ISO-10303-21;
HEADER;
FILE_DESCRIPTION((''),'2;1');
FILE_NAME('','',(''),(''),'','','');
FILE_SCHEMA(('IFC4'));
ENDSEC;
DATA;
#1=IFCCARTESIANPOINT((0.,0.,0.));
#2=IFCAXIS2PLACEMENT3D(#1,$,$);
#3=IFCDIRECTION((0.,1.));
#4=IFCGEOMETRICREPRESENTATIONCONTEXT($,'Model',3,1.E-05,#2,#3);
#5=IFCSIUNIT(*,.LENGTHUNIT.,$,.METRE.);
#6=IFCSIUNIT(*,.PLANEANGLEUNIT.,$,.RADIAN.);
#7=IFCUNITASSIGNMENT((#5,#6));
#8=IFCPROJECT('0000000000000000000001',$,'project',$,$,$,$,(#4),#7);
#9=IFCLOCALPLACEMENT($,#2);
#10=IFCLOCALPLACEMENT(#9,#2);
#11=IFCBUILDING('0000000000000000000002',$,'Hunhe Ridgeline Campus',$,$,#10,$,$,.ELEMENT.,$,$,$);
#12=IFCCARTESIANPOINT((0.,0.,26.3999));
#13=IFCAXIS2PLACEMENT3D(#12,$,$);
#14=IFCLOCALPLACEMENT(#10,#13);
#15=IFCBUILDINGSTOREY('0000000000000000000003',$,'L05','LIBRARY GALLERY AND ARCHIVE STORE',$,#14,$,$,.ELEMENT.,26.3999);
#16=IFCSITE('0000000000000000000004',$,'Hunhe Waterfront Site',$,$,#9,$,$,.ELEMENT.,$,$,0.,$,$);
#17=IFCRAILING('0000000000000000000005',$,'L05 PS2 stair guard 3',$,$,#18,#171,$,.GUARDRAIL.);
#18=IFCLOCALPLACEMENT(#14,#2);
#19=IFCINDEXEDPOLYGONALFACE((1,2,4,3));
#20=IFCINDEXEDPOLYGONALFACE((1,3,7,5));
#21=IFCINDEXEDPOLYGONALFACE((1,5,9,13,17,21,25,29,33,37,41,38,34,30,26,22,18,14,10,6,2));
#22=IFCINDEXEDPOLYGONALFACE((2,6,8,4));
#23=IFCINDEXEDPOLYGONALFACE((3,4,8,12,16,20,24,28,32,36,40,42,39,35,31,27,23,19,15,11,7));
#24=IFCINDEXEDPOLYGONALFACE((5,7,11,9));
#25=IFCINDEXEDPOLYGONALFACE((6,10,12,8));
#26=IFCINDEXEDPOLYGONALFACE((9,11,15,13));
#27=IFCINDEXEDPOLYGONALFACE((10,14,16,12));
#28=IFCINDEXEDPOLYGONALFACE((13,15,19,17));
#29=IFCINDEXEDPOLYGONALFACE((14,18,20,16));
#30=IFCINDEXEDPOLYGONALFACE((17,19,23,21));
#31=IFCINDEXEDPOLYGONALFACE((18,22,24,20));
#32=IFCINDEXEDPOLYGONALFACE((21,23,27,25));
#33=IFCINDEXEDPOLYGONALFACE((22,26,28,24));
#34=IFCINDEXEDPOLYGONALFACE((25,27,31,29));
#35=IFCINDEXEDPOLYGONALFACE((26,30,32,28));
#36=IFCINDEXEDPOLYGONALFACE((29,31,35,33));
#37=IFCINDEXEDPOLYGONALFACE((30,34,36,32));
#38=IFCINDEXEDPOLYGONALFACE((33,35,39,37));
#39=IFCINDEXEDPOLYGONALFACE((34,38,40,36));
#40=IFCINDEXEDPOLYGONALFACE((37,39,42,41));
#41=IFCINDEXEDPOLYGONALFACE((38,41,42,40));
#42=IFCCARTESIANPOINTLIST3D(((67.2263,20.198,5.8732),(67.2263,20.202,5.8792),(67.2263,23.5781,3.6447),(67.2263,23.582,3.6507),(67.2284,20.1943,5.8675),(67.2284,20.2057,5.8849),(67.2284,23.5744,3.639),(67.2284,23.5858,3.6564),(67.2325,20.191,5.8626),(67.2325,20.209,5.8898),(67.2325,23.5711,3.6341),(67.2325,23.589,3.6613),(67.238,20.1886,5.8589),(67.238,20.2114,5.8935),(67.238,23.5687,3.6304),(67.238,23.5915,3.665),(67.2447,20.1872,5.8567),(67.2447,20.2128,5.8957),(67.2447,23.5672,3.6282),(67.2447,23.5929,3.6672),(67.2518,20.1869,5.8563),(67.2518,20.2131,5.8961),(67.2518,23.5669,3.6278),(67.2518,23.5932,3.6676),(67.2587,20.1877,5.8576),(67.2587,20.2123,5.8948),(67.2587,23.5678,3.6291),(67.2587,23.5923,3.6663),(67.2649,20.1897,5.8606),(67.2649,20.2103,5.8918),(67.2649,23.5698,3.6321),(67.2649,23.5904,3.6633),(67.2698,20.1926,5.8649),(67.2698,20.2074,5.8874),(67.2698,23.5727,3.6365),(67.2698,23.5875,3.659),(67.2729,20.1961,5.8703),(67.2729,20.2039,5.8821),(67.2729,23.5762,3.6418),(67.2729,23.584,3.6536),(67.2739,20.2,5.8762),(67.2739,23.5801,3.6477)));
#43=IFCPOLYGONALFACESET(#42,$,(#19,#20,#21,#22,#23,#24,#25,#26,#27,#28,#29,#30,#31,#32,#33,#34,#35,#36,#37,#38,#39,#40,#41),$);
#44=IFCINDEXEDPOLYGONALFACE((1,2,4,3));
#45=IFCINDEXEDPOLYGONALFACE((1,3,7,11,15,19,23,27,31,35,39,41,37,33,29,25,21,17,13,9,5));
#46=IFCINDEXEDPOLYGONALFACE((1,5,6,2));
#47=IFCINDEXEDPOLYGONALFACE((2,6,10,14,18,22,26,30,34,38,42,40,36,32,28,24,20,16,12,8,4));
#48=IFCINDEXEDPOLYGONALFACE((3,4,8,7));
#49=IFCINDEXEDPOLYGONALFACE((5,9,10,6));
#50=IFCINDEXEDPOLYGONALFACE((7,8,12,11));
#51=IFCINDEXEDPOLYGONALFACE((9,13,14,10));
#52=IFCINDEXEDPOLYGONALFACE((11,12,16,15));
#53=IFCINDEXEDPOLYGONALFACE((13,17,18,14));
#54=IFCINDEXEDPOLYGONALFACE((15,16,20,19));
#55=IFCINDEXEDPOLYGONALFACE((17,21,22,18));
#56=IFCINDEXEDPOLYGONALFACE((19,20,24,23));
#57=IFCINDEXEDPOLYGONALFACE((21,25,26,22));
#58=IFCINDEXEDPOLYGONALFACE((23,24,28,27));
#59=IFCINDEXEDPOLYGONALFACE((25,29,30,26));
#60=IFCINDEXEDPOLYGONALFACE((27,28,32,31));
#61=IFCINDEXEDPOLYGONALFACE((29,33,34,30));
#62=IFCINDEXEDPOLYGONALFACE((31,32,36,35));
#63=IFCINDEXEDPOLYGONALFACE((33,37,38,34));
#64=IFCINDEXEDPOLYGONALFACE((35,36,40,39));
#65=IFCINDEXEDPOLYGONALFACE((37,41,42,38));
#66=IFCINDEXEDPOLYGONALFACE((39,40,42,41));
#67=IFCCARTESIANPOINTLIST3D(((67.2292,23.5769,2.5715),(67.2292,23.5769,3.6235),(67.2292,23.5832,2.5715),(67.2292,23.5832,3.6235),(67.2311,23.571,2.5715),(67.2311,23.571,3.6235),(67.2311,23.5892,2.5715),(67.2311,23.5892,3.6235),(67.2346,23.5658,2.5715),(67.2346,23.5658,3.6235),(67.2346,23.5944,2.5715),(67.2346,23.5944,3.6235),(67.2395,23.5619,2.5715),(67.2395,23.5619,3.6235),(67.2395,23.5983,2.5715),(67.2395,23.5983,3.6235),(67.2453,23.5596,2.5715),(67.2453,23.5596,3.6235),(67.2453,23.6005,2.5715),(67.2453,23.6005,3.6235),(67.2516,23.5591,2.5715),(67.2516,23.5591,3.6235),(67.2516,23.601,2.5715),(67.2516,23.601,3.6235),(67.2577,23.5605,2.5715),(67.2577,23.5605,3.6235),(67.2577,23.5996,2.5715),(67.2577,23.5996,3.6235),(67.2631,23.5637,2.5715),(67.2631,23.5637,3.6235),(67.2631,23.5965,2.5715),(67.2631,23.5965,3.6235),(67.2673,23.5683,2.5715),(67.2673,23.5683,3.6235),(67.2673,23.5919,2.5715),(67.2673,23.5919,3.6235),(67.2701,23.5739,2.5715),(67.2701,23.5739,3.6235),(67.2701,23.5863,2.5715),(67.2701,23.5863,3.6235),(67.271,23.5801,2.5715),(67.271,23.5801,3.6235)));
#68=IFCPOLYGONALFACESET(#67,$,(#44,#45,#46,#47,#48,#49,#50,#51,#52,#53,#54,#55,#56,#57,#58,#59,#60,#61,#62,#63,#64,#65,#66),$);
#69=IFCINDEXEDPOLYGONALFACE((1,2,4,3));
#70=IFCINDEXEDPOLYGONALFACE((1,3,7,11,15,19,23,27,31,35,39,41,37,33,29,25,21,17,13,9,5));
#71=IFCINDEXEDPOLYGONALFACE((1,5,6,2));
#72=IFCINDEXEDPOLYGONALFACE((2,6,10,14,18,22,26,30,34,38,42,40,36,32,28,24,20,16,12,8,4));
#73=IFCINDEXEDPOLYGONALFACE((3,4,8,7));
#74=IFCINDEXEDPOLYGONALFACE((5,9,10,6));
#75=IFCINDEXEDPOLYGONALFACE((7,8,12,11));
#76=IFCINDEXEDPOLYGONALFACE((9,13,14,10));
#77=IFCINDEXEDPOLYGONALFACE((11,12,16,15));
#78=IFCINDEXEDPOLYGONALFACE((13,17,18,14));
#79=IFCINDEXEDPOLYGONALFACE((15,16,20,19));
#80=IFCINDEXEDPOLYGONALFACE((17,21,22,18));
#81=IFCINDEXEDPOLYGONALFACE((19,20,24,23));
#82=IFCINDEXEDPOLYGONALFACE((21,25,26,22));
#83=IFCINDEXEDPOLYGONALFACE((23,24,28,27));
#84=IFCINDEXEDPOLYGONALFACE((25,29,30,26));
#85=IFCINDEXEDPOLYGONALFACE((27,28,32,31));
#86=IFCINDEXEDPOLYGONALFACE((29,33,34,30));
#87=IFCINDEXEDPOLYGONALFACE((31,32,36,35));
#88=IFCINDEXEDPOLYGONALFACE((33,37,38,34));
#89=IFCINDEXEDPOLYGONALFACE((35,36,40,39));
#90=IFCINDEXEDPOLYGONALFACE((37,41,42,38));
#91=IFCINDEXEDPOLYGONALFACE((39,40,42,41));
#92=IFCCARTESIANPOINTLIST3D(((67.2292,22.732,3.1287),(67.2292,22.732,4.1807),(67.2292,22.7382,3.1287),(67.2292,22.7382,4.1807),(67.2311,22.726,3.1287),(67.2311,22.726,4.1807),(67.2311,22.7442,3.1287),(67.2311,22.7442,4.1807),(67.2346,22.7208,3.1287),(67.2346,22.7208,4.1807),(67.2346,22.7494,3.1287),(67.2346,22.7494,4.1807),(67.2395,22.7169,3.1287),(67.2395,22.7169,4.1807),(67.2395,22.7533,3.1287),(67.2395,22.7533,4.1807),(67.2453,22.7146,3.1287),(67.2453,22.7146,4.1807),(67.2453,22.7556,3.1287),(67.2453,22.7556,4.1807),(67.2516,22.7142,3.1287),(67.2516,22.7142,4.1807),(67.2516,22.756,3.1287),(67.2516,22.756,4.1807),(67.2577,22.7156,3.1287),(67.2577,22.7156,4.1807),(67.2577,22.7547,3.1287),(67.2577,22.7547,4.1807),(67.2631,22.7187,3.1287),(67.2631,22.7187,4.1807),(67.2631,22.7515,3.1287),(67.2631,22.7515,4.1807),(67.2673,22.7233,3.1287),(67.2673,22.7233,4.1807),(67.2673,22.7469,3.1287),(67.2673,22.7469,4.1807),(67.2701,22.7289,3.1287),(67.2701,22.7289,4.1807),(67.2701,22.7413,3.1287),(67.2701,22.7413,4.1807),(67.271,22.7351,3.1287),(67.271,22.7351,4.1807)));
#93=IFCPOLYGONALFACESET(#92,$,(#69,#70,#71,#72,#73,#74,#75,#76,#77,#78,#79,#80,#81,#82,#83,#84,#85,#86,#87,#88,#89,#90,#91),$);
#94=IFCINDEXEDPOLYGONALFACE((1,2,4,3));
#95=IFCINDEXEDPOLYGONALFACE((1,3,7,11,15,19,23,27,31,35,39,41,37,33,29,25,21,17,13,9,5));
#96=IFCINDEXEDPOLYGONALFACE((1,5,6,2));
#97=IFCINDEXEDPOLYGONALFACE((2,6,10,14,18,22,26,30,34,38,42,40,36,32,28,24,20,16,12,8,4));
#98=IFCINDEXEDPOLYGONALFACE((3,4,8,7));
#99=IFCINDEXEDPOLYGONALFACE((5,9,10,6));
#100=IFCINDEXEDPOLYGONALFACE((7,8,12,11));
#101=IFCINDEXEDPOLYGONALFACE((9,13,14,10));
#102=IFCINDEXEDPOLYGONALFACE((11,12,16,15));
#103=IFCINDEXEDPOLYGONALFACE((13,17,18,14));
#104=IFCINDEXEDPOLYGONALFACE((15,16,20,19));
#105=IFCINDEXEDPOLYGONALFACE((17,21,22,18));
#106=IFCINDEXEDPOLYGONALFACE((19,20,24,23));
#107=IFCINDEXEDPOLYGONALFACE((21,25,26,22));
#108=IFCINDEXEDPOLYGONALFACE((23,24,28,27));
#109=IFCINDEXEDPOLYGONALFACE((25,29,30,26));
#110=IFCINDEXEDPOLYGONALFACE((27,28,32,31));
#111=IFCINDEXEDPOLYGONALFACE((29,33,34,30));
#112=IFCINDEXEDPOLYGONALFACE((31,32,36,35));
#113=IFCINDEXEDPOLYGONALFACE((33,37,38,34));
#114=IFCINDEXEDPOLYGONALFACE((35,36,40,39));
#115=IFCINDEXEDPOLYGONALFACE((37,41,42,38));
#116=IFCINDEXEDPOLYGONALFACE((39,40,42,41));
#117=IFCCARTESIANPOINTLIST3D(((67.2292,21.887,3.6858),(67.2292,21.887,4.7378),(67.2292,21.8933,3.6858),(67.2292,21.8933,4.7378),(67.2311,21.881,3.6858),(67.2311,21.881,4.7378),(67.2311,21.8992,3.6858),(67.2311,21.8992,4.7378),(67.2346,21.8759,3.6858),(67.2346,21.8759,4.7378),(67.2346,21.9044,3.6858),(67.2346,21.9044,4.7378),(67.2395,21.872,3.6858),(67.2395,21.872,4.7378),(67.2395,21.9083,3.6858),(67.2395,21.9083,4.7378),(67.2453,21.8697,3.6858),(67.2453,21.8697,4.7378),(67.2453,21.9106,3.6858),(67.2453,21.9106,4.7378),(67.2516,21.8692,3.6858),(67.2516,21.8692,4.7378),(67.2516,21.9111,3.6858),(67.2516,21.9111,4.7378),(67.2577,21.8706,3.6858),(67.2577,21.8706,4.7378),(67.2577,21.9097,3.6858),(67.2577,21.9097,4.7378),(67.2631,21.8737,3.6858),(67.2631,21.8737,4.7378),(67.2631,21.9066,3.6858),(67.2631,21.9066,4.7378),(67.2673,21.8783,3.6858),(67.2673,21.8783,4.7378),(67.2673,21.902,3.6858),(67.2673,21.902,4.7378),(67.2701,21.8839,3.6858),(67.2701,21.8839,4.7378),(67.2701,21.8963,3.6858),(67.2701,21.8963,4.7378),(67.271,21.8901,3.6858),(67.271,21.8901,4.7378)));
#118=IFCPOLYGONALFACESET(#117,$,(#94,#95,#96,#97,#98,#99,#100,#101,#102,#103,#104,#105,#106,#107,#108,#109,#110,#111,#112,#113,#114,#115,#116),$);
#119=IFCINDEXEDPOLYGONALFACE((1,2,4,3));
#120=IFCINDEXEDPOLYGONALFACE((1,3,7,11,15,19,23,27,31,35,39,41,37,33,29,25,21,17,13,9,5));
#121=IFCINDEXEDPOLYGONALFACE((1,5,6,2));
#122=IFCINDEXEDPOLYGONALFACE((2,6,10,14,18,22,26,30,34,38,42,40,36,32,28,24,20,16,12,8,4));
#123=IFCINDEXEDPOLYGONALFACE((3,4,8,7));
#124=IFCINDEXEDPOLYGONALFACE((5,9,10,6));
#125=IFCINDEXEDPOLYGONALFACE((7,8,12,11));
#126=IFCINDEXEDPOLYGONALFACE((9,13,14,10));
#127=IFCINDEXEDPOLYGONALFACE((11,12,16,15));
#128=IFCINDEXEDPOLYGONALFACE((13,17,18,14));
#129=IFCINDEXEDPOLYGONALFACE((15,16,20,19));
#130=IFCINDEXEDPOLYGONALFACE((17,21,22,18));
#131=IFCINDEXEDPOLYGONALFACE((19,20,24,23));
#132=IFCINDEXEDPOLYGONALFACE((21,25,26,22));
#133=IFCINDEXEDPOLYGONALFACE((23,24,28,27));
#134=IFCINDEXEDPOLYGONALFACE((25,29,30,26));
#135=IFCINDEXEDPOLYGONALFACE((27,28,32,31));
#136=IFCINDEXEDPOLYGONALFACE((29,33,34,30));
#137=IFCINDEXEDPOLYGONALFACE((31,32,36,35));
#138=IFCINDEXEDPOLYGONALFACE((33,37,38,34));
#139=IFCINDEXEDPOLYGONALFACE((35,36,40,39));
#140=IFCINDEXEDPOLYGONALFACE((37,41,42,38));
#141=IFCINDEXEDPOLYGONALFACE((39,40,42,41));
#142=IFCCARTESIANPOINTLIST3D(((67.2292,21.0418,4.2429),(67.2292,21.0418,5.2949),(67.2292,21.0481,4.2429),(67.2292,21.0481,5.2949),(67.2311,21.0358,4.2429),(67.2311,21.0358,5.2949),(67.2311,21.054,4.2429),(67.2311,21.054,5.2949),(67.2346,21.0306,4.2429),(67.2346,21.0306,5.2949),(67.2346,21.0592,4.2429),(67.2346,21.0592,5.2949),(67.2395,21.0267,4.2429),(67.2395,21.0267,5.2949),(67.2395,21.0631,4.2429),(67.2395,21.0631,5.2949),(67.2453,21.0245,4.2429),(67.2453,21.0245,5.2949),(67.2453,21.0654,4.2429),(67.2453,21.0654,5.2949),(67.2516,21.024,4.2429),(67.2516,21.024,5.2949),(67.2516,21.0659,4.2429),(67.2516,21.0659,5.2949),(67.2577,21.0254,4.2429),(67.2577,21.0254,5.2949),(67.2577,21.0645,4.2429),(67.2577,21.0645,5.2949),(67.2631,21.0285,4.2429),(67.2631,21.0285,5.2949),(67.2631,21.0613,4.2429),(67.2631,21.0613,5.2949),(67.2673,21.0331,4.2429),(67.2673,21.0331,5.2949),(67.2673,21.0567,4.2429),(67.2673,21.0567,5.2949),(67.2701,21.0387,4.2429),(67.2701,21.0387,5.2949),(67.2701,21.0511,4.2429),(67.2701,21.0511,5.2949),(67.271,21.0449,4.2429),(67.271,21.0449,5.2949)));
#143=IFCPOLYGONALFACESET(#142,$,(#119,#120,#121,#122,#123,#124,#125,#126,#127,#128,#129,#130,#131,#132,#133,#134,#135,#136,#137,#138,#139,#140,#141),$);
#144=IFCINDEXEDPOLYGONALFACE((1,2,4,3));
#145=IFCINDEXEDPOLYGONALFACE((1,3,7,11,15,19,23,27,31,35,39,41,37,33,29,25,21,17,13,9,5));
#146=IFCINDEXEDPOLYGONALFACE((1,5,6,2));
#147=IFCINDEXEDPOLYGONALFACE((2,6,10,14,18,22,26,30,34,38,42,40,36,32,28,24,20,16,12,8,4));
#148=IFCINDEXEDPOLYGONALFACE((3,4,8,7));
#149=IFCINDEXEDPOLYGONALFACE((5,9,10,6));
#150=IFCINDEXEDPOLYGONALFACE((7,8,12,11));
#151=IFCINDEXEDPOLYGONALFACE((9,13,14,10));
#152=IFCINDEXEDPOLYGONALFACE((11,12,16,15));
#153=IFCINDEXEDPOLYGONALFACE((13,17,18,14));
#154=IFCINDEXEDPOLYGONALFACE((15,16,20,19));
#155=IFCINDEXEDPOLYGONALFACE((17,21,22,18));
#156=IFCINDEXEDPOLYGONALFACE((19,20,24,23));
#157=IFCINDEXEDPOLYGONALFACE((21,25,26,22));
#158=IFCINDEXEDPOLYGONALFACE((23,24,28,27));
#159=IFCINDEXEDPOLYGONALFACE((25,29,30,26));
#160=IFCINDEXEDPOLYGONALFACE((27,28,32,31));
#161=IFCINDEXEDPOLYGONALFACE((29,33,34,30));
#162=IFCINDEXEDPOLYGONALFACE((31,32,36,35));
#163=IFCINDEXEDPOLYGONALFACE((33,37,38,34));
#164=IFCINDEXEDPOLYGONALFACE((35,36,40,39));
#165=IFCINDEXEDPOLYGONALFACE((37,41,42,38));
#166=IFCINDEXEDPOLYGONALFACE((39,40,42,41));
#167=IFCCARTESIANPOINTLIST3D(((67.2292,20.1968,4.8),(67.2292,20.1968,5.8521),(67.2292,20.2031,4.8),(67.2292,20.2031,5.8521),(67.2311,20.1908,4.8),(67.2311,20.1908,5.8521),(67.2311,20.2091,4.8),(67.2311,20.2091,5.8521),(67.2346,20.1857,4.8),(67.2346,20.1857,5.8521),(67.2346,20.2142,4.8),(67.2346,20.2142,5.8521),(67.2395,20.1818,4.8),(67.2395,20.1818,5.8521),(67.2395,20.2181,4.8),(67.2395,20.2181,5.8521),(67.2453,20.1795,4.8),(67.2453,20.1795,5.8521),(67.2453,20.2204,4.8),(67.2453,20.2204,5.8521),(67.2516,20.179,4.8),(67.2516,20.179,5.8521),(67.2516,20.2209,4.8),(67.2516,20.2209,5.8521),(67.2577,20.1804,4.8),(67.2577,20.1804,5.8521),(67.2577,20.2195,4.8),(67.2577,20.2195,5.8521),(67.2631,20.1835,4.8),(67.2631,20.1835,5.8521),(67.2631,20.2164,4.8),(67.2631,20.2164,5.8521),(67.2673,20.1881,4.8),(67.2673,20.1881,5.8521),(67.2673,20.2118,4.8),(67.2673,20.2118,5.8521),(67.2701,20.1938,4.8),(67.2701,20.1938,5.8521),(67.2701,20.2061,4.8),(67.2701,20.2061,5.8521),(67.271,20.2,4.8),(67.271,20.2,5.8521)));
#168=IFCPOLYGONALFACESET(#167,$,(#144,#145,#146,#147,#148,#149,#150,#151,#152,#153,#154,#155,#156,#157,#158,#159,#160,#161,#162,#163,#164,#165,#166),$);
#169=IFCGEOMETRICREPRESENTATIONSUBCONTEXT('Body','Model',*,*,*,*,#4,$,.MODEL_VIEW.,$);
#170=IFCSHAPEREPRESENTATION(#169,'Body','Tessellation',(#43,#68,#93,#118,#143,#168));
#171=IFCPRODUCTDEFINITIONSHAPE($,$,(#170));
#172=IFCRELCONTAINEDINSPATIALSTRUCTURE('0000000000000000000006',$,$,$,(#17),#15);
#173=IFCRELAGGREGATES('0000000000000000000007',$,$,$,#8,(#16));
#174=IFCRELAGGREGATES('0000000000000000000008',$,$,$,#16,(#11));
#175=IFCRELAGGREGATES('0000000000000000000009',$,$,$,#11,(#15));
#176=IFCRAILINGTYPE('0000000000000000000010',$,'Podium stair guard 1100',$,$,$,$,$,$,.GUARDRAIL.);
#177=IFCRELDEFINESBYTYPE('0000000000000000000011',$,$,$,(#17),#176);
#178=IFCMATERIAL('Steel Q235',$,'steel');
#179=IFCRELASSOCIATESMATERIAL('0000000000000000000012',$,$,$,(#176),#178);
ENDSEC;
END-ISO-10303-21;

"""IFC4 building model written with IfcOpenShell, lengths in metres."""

from ifc_helpers import new_model, si_unit, direction, frame, origin, origin_2d, place, context, subcontext, project, spatial, circle, extrude, material, type_object, element, save


model = new_model("IFC4")

# Units and contexts
model_context = context("Model", 3, precision=1e-05, world=origin(), true_north=direction((0.0, 1.0)))
body_context = subcontext(model_context, "Body", "Model", "MODEL_VIEW")
ifc_project = project(units=[si_unit("LENGTHUNIT", "METRE"), si_unit("PLANEANGLEUNIT", "RADIAN")], contexts=[model_context])

# Site, building, storey
site_placement = place(None, origin())
site = spatial("IfcSite", under=ifc_project, at=site_placement, Name="Hunhe Waterfront Site", CompositionType="ELEMENT", RefElevation=0.0)
building_placement = place(site_placement, origin())
building = spatial("IfcBuilding", under=site, at=building_placement, Name="Hunhe Ridgeline Campus", CompositionType="ELEMENT")
storey_placement = place(building_placement, frame((0.0, 0.0, 26.3999)))
storey = spatial("IfcBuildingStorey", under=building, at=storey_placement, Name="L05", Description="LIBRARY GALLERY AND ARCHIVE STORE", CompositionType="ELEMENT", Elevation=26.3999)

# Shared definitions
ifc_material_1 = material(Name="Steel Q235", Category="steel")

# Railing
railing_type_1 = type_object("IfcRailingType", Name="Podium stair guard 1100", PredefinedType="GUARDRAIL", material=ifc_material_1)
railing_1_placement = place(storey_placement, frame((67.25, 23.5801, 2.5715)))
element("IfcRailing", 1, at=railing_1_placement, inside=storey, type_object=railing_type_1, Name="L05 PS2 stair guard 3", PredefinedType="GUARDRAIL", context=body_context, shape_type="SweptSolid", body=[
    extrude(circle(Radius=0.0239, at=origin_2d()), frame((0.0, 0.0, 1.0762), z_axis=(0.0, -0.834878, 0.550435), x_axis=(1.0, 0.0, 0.0)), (0.0, 0.0, 1.0), 4.0486),
    extrude(circle(Radius=0.021, at=origin_2d()), origin(), (0.0, 0.0, 1.0), 1.052),
    extrude(circle(Radius=0.021, at=origin_2d()), frame((0.0, -0.845, 0.5571)), (0.0, 0.0, 1.0), 1.052),
    extrude(circle(Radius=0.021, at=origin_2d()), frame((0.0, -1.6899, 1.1143)), (0.0, 0.0, 1.0), 1.052),
    extrude(circle(Radius=0.021, at=origin_2d()), frame((0.0, -2.5352, 1.6714)), (0.0, 0.0, 1.0), 1.052),
    extrude(circle(Radius=0.021, at=origin_2d()), frame((0.0, -3.3801, 2.2285)), (0.0, 0.0, 1.0), 1.052),
])

save(model, "model.ifc")
